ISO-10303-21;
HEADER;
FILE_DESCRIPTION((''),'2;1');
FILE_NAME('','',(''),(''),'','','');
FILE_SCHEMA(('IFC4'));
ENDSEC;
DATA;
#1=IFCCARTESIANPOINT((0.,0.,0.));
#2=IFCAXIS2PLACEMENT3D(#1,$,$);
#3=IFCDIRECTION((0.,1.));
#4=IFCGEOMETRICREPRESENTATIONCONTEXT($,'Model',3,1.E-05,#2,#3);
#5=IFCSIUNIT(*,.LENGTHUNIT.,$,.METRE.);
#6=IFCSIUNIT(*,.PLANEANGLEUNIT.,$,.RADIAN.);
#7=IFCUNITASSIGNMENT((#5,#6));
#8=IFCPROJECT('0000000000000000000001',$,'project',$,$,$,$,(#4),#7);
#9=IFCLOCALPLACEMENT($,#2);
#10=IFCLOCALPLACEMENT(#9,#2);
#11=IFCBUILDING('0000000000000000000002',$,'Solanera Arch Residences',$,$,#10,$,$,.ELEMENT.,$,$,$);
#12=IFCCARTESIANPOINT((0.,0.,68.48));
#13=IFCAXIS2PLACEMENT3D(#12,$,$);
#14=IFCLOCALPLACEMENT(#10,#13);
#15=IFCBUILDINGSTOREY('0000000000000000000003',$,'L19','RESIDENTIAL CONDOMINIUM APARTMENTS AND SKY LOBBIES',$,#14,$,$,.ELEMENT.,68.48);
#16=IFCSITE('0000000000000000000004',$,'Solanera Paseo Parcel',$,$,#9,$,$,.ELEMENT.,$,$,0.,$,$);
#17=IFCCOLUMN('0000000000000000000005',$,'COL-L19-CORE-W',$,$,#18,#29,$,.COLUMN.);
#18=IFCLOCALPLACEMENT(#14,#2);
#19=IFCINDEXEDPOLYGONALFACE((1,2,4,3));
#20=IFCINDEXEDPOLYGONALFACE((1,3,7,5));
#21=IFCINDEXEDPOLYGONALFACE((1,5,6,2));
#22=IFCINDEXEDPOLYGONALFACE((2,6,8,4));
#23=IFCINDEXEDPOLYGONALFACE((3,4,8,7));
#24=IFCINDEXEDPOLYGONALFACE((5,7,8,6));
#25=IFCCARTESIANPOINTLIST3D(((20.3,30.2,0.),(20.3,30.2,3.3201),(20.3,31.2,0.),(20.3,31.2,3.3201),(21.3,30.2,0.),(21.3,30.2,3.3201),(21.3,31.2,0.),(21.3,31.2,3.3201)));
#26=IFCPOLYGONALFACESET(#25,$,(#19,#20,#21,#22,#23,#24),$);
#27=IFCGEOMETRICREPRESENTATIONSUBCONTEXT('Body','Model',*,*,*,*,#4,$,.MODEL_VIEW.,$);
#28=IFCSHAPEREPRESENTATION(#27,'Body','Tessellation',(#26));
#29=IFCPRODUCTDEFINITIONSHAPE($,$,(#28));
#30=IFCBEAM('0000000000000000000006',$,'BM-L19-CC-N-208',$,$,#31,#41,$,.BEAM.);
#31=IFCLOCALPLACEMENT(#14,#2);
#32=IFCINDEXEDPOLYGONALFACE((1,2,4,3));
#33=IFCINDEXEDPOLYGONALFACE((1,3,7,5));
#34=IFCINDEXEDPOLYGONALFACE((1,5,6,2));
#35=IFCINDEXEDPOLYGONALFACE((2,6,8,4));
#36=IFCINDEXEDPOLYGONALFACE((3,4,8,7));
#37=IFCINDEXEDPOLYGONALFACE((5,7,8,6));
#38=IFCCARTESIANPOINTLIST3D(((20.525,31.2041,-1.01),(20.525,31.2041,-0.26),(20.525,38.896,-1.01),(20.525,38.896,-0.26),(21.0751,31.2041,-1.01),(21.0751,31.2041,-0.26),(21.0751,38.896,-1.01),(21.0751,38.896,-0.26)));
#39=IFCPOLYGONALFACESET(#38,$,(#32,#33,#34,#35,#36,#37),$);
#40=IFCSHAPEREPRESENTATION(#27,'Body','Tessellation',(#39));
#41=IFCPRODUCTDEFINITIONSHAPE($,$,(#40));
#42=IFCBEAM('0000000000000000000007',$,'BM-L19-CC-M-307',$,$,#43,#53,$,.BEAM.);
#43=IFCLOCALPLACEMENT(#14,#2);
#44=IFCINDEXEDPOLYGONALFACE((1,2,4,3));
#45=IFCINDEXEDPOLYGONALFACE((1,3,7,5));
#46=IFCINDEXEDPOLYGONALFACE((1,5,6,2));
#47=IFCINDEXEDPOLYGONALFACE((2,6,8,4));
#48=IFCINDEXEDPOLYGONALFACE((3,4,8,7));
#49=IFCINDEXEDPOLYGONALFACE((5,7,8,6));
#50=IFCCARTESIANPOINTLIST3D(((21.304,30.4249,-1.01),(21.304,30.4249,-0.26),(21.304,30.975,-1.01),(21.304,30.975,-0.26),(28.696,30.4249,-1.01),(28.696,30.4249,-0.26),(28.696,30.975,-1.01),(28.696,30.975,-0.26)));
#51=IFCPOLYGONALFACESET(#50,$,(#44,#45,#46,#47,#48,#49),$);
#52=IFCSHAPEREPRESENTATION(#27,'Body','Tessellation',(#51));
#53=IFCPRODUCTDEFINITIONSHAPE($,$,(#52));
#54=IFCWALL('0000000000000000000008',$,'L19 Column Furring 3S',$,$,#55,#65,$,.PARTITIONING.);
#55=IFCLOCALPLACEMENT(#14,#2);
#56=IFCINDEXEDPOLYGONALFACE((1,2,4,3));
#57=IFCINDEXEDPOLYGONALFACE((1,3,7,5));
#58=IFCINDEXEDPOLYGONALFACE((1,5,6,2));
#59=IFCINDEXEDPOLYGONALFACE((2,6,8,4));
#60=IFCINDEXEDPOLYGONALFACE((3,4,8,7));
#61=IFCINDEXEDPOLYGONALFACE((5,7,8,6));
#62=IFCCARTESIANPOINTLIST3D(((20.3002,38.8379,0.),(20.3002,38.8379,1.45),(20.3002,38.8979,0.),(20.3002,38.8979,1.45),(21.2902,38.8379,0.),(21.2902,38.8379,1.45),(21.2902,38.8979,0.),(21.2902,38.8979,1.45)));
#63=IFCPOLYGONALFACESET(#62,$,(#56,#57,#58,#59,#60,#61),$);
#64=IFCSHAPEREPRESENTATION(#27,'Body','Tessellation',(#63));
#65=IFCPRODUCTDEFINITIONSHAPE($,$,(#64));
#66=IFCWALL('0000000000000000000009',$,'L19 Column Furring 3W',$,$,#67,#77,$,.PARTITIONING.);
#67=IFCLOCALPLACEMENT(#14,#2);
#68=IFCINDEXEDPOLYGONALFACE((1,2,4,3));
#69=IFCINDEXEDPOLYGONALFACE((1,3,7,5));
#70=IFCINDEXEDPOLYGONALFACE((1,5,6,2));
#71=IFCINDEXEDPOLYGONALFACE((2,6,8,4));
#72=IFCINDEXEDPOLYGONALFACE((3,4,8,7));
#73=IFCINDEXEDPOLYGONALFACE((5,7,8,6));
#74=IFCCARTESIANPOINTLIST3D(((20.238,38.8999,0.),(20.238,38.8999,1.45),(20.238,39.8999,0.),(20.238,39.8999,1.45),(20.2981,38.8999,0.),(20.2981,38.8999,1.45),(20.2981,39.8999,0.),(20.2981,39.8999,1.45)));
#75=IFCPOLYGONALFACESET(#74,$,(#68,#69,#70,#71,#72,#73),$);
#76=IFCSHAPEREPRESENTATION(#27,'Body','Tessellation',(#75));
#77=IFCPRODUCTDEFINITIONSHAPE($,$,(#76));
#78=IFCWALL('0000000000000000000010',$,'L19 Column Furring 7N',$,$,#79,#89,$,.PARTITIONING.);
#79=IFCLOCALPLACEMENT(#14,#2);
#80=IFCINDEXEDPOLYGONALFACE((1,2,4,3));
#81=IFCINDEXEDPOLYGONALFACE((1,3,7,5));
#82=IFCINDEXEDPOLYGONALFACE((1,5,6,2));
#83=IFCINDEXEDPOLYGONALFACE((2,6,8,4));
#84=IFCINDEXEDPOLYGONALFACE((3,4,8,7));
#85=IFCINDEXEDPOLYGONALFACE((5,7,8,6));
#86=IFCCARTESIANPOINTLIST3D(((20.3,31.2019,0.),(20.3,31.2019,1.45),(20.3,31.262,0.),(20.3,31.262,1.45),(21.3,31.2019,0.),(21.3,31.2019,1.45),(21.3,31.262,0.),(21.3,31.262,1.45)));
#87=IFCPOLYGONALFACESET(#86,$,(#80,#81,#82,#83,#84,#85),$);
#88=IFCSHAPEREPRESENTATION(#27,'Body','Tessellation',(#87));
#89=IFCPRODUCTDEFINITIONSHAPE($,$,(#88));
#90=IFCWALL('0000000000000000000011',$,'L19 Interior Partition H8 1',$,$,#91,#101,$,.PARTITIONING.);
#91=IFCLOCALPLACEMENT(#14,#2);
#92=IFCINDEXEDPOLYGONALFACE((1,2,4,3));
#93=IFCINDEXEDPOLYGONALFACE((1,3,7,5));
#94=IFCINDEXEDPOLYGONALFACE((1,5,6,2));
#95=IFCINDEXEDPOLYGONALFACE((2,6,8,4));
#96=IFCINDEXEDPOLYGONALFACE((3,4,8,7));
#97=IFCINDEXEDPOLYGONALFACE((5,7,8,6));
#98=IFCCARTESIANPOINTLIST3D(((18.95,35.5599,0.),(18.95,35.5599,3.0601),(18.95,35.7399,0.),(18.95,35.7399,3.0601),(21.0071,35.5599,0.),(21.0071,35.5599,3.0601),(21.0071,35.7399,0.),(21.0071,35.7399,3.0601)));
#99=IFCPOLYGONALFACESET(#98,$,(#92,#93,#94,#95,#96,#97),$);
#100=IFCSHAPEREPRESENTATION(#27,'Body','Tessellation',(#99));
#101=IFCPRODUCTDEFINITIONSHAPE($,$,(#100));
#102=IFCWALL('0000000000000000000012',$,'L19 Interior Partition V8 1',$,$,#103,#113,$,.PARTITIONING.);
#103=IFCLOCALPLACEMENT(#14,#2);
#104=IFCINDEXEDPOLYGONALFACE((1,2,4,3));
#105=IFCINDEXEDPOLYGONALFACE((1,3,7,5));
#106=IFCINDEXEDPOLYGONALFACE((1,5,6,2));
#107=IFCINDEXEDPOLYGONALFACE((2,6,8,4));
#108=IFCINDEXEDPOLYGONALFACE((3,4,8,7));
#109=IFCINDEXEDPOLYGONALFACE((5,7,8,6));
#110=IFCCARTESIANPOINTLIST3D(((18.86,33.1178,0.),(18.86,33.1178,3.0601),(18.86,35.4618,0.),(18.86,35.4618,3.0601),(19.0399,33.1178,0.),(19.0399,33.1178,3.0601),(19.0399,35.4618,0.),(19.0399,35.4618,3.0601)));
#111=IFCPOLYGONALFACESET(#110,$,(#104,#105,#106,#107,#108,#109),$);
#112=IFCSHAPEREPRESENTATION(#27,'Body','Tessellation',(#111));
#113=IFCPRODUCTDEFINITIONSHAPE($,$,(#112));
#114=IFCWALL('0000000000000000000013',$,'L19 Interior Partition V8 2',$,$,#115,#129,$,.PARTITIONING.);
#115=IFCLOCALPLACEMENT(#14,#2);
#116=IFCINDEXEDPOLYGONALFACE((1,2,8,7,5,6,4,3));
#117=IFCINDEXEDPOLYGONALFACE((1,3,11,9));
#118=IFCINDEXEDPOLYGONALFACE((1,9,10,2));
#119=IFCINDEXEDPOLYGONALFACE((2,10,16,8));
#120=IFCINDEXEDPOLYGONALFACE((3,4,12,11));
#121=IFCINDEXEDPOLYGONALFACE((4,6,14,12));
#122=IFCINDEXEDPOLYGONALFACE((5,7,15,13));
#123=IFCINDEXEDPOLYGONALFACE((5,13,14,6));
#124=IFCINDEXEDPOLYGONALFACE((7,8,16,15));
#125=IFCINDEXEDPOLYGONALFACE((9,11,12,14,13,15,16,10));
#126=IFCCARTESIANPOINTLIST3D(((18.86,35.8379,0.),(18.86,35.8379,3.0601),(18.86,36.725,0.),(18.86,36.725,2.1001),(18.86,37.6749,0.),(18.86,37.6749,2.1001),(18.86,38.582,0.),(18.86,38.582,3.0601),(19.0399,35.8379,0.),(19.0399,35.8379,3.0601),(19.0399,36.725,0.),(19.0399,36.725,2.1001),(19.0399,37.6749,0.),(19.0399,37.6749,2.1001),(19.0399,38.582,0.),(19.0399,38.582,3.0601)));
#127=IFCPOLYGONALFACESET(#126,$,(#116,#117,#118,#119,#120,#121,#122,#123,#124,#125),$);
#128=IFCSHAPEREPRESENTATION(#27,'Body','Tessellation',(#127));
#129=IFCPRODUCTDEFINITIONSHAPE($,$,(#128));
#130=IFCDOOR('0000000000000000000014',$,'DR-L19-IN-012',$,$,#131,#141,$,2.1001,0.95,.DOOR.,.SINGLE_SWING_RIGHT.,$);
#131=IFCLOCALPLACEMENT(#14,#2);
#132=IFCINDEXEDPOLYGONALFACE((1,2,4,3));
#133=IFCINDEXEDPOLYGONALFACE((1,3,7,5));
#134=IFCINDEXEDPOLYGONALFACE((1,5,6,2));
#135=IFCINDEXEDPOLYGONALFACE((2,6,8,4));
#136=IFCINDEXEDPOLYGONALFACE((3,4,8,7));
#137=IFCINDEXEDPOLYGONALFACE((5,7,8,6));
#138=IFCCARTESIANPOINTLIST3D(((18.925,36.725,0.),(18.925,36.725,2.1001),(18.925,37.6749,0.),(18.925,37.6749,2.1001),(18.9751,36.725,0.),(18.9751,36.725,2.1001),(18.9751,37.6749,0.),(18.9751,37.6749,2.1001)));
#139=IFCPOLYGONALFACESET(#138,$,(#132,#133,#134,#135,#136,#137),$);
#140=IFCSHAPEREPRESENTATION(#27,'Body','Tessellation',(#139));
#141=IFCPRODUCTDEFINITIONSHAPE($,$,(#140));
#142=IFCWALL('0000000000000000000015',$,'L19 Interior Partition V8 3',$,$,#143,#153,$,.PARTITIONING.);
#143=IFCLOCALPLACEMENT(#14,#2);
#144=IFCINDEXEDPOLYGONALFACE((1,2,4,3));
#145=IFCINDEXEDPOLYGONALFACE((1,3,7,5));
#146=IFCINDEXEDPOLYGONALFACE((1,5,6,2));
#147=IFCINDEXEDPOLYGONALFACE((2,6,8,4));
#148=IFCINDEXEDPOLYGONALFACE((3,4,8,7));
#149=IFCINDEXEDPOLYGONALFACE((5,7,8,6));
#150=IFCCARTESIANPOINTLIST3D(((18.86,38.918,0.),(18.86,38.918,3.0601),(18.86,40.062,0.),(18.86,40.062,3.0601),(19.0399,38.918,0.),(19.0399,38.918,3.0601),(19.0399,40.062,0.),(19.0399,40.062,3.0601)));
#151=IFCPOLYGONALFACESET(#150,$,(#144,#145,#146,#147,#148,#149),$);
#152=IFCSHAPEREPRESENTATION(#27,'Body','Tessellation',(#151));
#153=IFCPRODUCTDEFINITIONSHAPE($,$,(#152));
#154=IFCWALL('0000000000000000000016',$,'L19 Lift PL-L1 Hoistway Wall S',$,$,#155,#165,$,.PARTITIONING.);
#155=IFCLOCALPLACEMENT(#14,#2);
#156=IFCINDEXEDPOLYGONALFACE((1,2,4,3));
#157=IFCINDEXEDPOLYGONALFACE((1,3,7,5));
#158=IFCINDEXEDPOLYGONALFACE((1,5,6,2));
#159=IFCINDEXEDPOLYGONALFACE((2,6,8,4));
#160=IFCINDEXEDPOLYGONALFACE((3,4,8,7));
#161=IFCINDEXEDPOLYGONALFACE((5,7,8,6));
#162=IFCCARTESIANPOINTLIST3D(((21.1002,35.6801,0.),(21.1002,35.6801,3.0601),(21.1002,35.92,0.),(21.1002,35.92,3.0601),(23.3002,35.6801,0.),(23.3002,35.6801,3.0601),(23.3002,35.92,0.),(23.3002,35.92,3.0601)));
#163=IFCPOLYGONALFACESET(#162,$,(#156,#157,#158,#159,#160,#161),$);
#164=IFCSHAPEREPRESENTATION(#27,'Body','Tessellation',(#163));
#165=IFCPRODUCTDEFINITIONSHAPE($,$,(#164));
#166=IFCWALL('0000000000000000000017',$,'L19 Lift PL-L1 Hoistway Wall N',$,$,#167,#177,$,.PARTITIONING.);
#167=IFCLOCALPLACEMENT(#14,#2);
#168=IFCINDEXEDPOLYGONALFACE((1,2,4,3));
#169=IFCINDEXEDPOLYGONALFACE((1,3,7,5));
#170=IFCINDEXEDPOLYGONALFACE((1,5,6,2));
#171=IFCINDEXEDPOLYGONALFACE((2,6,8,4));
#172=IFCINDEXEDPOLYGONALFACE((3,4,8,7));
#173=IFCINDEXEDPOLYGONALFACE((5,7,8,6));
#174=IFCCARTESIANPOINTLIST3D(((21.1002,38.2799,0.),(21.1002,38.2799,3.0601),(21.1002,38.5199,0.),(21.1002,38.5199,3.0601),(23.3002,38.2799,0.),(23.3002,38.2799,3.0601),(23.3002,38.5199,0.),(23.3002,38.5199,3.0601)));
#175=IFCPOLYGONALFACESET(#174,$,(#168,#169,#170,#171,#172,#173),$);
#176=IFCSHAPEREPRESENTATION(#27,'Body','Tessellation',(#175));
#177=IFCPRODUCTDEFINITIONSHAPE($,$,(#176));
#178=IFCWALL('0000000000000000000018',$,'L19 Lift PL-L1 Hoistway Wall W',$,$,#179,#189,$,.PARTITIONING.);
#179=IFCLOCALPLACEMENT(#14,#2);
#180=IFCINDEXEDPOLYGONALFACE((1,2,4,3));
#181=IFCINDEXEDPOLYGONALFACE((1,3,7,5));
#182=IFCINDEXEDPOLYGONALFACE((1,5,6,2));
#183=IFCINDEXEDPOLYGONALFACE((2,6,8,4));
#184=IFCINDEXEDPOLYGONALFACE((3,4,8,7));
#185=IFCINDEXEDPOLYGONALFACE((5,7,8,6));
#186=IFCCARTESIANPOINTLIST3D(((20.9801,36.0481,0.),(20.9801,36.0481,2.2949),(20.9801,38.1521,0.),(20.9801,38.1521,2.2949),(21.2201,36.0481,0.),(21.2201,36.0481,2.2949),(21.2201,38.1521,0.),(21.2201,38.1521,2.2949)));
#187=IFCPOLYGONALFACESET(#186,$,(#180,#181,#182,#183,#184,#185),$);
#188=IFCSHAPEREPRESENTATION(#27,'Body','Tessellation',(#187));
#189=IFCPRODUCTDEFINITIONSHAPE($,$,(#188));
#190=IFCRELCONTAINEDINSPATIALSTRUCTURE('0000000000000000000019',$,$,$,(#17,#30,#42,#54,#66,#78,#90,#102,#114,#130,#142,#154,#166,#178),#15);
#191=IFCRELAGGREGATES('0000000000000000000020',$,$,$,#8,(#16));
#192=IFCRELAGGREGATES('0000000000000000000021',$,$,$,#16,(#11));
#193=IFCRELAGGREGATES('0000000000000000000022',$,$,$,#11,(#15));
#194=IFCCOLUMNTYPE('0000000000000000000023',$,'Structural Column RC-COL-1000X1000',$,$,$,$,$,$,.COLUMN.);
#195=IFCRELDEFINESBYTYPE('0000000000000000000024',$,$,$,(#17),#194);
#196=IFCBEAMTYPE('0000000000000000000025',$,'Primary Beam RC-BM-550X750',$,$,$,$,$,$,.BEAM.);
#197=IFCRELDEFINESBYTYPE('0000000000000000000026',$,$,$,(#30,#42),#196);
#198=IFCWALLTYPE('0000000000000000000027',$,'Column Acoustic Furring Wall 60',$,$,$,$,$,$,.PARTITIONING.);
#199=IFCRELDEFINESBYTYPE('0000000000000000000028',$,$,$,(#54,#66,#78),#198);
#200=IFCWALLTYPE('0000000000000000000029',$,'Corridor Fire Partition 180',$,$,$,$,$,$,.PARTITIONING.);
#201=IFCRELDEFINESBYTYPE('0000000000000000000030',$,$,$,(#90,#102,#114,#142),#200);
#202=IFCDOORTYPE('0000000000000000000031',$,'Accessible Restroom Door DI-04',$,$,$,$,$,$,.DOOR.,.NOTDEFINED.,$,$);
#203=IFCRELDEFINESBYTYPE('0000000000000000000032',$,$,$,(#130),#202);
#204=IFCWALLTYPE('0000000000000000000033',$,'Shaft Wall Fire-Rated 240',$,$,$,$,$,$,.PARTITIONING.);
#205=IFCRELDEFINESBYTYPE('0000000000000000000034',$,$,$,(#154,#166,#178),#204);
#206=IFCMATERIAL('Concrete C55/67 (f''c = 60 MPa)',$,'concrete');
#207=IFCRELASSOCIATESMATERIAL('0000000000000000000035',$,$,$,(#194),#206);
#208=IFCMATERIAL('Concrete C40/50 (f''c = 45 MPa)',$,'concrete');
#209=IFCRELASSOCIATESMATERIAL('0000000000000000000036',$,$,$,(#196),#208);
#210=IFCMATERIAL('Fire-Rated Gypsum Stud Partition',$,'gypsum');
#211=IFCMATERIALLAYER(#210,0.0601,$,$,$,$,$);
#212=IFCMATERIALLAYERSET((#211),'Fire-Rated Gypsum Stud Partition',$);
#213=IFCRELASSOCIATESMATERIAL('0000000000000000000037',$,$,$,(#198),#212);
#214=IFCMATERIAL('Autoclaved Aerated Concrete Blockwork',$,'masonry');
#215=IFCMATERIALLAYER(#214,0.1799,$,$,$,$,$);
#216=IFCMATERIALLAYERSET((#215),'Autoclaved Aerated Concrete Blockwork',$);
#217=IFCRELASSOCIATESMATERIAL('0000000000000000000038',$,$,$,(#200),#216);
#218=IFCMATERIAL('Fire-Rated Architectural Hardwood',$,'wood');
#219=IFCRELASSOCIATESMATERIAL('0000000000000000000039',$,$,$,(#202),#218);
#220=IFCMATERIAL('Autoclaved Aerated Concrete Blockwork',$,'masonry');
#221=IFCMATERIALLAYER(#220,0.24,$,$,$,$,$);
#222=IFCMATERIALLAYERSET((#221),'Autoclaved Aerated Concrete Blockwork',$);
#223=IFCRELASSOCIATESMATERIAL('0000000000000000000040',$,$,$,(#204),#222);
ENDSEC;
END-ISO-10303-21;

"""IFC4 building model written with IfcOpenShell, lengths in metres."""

from ifc_helpers import new_model, si_unit, direction, frame, frame_2d, origin, origin_2d, place, context, subcontext, project, spatial, rectangle, extrude, material, layer, layer_set, material_profile, profile_set, type_object, element, fill, save


model = new_model("IFC4")

# Units and contexts
model_context = context("Model", 3, precision=1e-05, world=origin(), true_north=direction((0.0, 1.0)))
body_context = subcontext(model_context, "Body", "Model", "MODEL_VIEW")
ifc_project = project(units=[si_unit("LENGTHUNIT", "METRE"), si_unit("PLANEANGLEUNIT", "RADIAN")], contexts=[model_context])

# Site, building, storey
site_placement = place(None, origin())
site = spatial("IfcSite", under=ifc_project, at=site_placement, Name="Solanera Paseo Parcel", CompositionType="ELEMENT", RefElevation=0.0)
building_placement = place(site_placement, origin())
building = spatial("IfcBuilding", under=site, at=building_placement, Name="Solanera Arch Residences", CompositionType="ELEMENT")
storey_placement = place(building_placement, frame((0.0, 0.0, 68.48)))
storey = spatial("IfcBuildingStorey", under=building, at=storey_placement, Name="L19", Description="RESIDENTIAL CONDOMINIUM APARTMENTS AND SKY LOBBIES", CompositionType="ELEMENT", Elevation=68.48)

# Column
ifc_material_1 = material(Name="Concrete C55/67 (f'c = 60 MPa)", Category="concrete")
ifc_material_profile_1 = material_profile(ifc_material_1, rectangle(XDim=1.0, YDim=1.0, at=origin_2d()))
ifc_profile_set_1 = profile_set([ifc_material_profile_1], Name="Concrete C55/67 (f'c = 60 MPa)")
column_type = type_object("IfcColumnType", Name="Structural Column RC-COL-1000X1000", PredefinedType="COLUMN", material=ifc_profile_set_1)
column_placement = place(storey_placement, frame((20.8, 30.7, 0.0), z_axis=(0.0, 0.0, 1.0), x_axis=(1.0, 0.0, 0.0)))
element("IfcColumn", 1, at=column_placement, inside=storey, type_object=column_type, Name="COL-L19-CORE-W", PredefinedType="COLUMN", context=body_context, shape_type="SweptSolid", body=[
    extrude(rectangle(XDim=1.0, YDim=1.0, at=origin_2d()), origin(), (0.0, 0.0, 1.0), 3.3201),
])

# Beams
ifc_material_2 = material(Name="Concrete C40/50 (f'c = 45 MPa)", Category="concrete")
ifc_material_profile_2 = material_profile(ifc_material_2, rectangle(XDim=0.55, YDim=0.75, at=origin_2d()))
ifc_profile_set_2 = profile_set([ifc_material_profile_2], Name="Concrete C40/50 (f'c = 45 MPa)")
beam_type = type_object("IfcBeamType", Name="Primary Beam RC-BM-550X750", PredefinedType="BEAM", material=ifc_profile_set_2)
beam_1_placement = place(storey_placement, frame((20.8, 31.2041, -0.635), z_axis=(0.0, 1.0, 0.0), x_axis=(-1.0, 0.0, 0.0)))
element("IfcBeam", 2, at=beam_1_placement, inside=storey, type_object=beam_type, Name="BM-L19-CC-N-208", PredefinedType="BEAM", context=body_context, shape_type="SweptSolid", body=[
    extrude(rectangle(XDim=0.55, YDim=0.75, at=origin_2d()), origin(), (0.0, 0.0, 1.0), 7.6919),
])
beam_2_placement = place(storey_placement, frame((21.304, 30.7, -0.635), z_axis=(1.0, 0.0, 0.0), x_axis=(0.0, 1.0, 0.0)))
element("IfcBeam", 3, at=beam_2_placement, inside=storey, type_object=beam_type, Name="BM-L19-CC-M-307", PredefinedType="BEAM", context=body_context, shape_type="SweptSolid", body=[
    extrude(rectangle(XDim=0.55, YDim=0.75, at=origin_2d()), origin(), (0.0, 0.0, 1.0), 7.3921),
])

# Walls
ifc_material_3 = material(Name="Fire-Rated Gypsum Stud Partition", Category="gypsum")
ifc_layer_1 = layer(ifc_material_3, 0.0601)
ifc_layer_set_1 = layer_set([ifc_layer_1], Name="Fire-Rated Gypsum Stud Partition")
wall_type_1 = type_object("IfcWallType", Name="Column Acoustic Furring Wall 60", PredefinedType="PARTITIONING", material=ifc_layer_set_1)
wall_1_placement = place(storey_placement, frame((20.3, 38.8679, 0.0), z_axis=(0.0, 0.0, 1.0), x_axis=(1.0, 0.0, 0.0)))
element("IfcWall", 4, at=wall_1_placement, inside=storey, type_object=wall_type_1, Name="L19 Column Furring 3S", PredefinedType="PARTITIONING", context=body_context, shape_type="SweptSolid", body=[
    extrude(rectangle(XDim=0.99, YDim=0.0601, at=frame_2d((0.4951, 0.0))), origin(), (0.0, 0.0, 1.0), 1.45),
])
for number, where, z_axis, x_axis, name in (
    (5, (20.2681, 38.8999, 0.0), (0.0, 0.0, 1.0), (0.0, 1.0, 0.0), "L19 Column Furring 3W"),
    (6, (20.3, 31.2319, 0.0), (0.0, 0.0, 1.0), (1.0, 0.0, 0.0), "L19 Column Furring 7N"),
):
    element("IfcWall", number, at=place(storey_placement, frame(where, z_axis=z_axis, x_axis=x_axis)), inside=storey, type_object=wall_type_1, Name=name, PredefinedType="PARTITIONING", context=body_context, shape_type="SweptSolid", body=[
        extrude(rectangle(XDim=1.0, YDim=0.0601, at=frame_2d((0.5, 0.0))), origin(), (0.0, 0.0, 1.0), 1.45),
    ])

# Walls
ifc_material_4 = material(Name="Autoclaved Aerated Concrete Blockwork", Category="masonry")
ifc_layer_2 = layer(ifc_material_4, 0.1799)
ifc_layer_set_2 = layer_set([ifc_layer_2], Name="Autoclaved Aerated Concrete Blockwork")
wall_type_2 = type_object("IfcWallType", Name="Corridor Fire Partition 180", PredefinedType="PARTITIONING", material=ifc_layer_set_2)
wall_2_placement = place(storey_placement, frame((18.95, 35.6499, 0.0), z_axis=(0.0, 0.0, 1.0), x_axis=(1.0, 0.0, 0.0)))
element("IfcWall", 7, at=wall_2_placement, inside=storey, type_object=wall_type_2, Name="L19 Interior Partition H8 1", PredefinedType="PARTITIONING", context=body_context, shape_type="SweptSolid", body=[
    extrude(rectangle(XDim=2.0571, YDim=0.1799, at=frame_2d((1.0286, 0.0))), origin(), (0.0, 0.0, 1.0), 3.0601),
])
wall_3_placement = place(storey_placement, frame((18.95, 33.1179, 0.0), z_axis=(0.0, 0.0, 1.0), x_axis=(0.0, 1.0, 0.0)))
element("IfcWall", 8, at=wall_3_placement, inside=storey, type_object=wall_type_2, Name="L19 Interior Partition V8 1", PredefinedType="PARTITIONING", context=body_context, shape_type="SweptSolid", body=[
    extrude(rectangle(XDim=2.344, YDim=0.1799, at=frame_2d((1.1719, 0.0))), origin(), (0.0, 0.0, 1.0), 3.0601),
])

# Wall, opening, door
wall_4_placement = place(storey_placement, frame((18.95, 35.8379, 0.0), z_axis=(0.0, 0.0, 1.0), x_axis=(0.0, 1.0, 0.0)))
wall_4 = element("IfcWall", 9, at=wall_4_placement, inside=storey, type_object=wall_type_2, Name="L19 Interior Partition V8 2", PredefinedType="PARTITIONING", context=body_context, shape_type="SweptSolid", body=[
    extrude(rectangle(XDim=2.7441, YDim=0.1799, at=frame_2d((1.3721, 0.0))), origin(), (0.0, 0.0, 1.0), 3.0601),
])
opening_1_placement = place(wall_4_placement, frame((0.887, 0.0, 0.0)))
opening_1 = element("IfcOpeningElement", 10, at=opening_1_placement, cuts=wall_4, PredefinedType="OPENING", context=body_context, shape_type="SweptSolid", body=[
    extrude(rectangle(XDim=0.95, YDim=2.1001, at=frame_2d((0.4751, 1.05))), frame((0.0, 0.1001, 0.0), z_axis=(0.0, -1.0, 0.0), x_axis=(1.0, 0.0, 0.0)), (0.0, 0.0, 1.0), 0.1999),
])
ifc_material_5 = material(Name="Fire-Rated Architectural Hardwood", Category="wood")
door_type_1 = type_object("IfcDoorType", Name="Accessible Restroom Door DI-04", OperationType="NOTDEFINED", PredefinedType="DOOR", material=ifc_material_5)
door_1_placement = place(opening_1_placement, origin())
door_1 = element("IfcDoor", 11, at=door_1_placement, inside=storey, type_object=door_type_1, Name="DR-L19-IN-012", OperationType="SINGLE_SWING_RIGHT", OverallHeight=2.1001, OverallWidth=0.95, PredefinedType="DOOR", context=body_context, shape_type="SweptSolid", body=[
    extrude(rectangle(XDim=0.95, YDim=2.1001, at=frame_2d((0.4751, 1.05))), frame((0.0, 0.0249, 0.0), z_axis=(0.0, -1.0, 0.0), x_axis=(1.0, 0.0, 0.0)), (0.0, 0.0, 1.0), 0.05),
])
fill(opening_1, door_1)

# Walls
wall_5_placement = place(storey_placement, frame((18.95, 38.918, 0.0), z_axis=(0.0, 0.0, 1.0), x_axis=(0.0, 1.0, 0.0)))
element("IfcWall", 12, at=wall_5_placement, inside=storey, type_object=wall_type_2, Name="L19 Interior Partition V8 3", PredefinedType="PARTITIONING", context=body_context, shape_type="SweptSolid", body=[
    extrude(rectangle(XDim=1.144, YDim=0.1799, at=frame_2d((0.572, 0.0))), origin(), (0.0, 0.0, 1.0), 3.0601),
])
ifc_material_6 = material(Name="Autoclaved Aerated Concrete Blockwork", Category="masonry")
ifc_layer_3 = layer(ifc_material_6, 0.24)
ifc_layer_set_3 = layer_set([ifc_layer_3], Name="Autoclaved Aerated Concrete Blockwork")
wall_type_3 = type_object("IfcWallType", Name="Shaft Wall Fire-Rated 240", PredefinedType="PARTITIONING", material=ifc_layer_set_3)
for number, where, z_axis, x_axis, name in (
    (13, (21.1001, 35.8, 0.0), (0.0, 0.0, 1.0), (1.0, 0.0, 0.0), "L19 Lift PL-L1 Hoistway Wall S"),
    (14, (21.1001, 38.3999, 0.0), (0.0, 0.0, 1.0), (1.0, 0.0, 0.0), "L19 Lift PL-L1 Hoistway Wall N"),
):
    element("IfcWall", number, at=place(storey_placement, frame(where, z_axis=z_axis, x_axis=x_axis)), inside=storey, type_object=wall_type_3, Name=name, PredefinedType="PARTITIONING", context=body_context, shape_type="SweptSolid", body=[
        extrude(rectangle(XDim=2.2, YDim=0.24, at=frame_2d((1.1001, 0.0))), origin(), (0.0, 0.0, 1.0), 3.0601),
    ])
wall_6_placement = place(storey_placement, frame((21.1001, 36.0481, 0.0), z_axis=(0.0, 0.0, 1.0), x_axis=(0.0, 1.0, 0.0)))
element("IfcWall", 15, at=wall_6_placement, inside=storey, type_object=wall_type_3, Name="L19 Lift PL-L1 Hoistway Wall W", PredefinedType="PARTITIONING", context=body_context, shape_type="SweptSolid", body=[
    extrude(rectangle(XDim=2.104, YDim=0.24, at=frame_2d((1.052, 0.0))), origin(), (0.0, 0.0, 1.0), 2.2949),
])

save(model, "model.ifc")
